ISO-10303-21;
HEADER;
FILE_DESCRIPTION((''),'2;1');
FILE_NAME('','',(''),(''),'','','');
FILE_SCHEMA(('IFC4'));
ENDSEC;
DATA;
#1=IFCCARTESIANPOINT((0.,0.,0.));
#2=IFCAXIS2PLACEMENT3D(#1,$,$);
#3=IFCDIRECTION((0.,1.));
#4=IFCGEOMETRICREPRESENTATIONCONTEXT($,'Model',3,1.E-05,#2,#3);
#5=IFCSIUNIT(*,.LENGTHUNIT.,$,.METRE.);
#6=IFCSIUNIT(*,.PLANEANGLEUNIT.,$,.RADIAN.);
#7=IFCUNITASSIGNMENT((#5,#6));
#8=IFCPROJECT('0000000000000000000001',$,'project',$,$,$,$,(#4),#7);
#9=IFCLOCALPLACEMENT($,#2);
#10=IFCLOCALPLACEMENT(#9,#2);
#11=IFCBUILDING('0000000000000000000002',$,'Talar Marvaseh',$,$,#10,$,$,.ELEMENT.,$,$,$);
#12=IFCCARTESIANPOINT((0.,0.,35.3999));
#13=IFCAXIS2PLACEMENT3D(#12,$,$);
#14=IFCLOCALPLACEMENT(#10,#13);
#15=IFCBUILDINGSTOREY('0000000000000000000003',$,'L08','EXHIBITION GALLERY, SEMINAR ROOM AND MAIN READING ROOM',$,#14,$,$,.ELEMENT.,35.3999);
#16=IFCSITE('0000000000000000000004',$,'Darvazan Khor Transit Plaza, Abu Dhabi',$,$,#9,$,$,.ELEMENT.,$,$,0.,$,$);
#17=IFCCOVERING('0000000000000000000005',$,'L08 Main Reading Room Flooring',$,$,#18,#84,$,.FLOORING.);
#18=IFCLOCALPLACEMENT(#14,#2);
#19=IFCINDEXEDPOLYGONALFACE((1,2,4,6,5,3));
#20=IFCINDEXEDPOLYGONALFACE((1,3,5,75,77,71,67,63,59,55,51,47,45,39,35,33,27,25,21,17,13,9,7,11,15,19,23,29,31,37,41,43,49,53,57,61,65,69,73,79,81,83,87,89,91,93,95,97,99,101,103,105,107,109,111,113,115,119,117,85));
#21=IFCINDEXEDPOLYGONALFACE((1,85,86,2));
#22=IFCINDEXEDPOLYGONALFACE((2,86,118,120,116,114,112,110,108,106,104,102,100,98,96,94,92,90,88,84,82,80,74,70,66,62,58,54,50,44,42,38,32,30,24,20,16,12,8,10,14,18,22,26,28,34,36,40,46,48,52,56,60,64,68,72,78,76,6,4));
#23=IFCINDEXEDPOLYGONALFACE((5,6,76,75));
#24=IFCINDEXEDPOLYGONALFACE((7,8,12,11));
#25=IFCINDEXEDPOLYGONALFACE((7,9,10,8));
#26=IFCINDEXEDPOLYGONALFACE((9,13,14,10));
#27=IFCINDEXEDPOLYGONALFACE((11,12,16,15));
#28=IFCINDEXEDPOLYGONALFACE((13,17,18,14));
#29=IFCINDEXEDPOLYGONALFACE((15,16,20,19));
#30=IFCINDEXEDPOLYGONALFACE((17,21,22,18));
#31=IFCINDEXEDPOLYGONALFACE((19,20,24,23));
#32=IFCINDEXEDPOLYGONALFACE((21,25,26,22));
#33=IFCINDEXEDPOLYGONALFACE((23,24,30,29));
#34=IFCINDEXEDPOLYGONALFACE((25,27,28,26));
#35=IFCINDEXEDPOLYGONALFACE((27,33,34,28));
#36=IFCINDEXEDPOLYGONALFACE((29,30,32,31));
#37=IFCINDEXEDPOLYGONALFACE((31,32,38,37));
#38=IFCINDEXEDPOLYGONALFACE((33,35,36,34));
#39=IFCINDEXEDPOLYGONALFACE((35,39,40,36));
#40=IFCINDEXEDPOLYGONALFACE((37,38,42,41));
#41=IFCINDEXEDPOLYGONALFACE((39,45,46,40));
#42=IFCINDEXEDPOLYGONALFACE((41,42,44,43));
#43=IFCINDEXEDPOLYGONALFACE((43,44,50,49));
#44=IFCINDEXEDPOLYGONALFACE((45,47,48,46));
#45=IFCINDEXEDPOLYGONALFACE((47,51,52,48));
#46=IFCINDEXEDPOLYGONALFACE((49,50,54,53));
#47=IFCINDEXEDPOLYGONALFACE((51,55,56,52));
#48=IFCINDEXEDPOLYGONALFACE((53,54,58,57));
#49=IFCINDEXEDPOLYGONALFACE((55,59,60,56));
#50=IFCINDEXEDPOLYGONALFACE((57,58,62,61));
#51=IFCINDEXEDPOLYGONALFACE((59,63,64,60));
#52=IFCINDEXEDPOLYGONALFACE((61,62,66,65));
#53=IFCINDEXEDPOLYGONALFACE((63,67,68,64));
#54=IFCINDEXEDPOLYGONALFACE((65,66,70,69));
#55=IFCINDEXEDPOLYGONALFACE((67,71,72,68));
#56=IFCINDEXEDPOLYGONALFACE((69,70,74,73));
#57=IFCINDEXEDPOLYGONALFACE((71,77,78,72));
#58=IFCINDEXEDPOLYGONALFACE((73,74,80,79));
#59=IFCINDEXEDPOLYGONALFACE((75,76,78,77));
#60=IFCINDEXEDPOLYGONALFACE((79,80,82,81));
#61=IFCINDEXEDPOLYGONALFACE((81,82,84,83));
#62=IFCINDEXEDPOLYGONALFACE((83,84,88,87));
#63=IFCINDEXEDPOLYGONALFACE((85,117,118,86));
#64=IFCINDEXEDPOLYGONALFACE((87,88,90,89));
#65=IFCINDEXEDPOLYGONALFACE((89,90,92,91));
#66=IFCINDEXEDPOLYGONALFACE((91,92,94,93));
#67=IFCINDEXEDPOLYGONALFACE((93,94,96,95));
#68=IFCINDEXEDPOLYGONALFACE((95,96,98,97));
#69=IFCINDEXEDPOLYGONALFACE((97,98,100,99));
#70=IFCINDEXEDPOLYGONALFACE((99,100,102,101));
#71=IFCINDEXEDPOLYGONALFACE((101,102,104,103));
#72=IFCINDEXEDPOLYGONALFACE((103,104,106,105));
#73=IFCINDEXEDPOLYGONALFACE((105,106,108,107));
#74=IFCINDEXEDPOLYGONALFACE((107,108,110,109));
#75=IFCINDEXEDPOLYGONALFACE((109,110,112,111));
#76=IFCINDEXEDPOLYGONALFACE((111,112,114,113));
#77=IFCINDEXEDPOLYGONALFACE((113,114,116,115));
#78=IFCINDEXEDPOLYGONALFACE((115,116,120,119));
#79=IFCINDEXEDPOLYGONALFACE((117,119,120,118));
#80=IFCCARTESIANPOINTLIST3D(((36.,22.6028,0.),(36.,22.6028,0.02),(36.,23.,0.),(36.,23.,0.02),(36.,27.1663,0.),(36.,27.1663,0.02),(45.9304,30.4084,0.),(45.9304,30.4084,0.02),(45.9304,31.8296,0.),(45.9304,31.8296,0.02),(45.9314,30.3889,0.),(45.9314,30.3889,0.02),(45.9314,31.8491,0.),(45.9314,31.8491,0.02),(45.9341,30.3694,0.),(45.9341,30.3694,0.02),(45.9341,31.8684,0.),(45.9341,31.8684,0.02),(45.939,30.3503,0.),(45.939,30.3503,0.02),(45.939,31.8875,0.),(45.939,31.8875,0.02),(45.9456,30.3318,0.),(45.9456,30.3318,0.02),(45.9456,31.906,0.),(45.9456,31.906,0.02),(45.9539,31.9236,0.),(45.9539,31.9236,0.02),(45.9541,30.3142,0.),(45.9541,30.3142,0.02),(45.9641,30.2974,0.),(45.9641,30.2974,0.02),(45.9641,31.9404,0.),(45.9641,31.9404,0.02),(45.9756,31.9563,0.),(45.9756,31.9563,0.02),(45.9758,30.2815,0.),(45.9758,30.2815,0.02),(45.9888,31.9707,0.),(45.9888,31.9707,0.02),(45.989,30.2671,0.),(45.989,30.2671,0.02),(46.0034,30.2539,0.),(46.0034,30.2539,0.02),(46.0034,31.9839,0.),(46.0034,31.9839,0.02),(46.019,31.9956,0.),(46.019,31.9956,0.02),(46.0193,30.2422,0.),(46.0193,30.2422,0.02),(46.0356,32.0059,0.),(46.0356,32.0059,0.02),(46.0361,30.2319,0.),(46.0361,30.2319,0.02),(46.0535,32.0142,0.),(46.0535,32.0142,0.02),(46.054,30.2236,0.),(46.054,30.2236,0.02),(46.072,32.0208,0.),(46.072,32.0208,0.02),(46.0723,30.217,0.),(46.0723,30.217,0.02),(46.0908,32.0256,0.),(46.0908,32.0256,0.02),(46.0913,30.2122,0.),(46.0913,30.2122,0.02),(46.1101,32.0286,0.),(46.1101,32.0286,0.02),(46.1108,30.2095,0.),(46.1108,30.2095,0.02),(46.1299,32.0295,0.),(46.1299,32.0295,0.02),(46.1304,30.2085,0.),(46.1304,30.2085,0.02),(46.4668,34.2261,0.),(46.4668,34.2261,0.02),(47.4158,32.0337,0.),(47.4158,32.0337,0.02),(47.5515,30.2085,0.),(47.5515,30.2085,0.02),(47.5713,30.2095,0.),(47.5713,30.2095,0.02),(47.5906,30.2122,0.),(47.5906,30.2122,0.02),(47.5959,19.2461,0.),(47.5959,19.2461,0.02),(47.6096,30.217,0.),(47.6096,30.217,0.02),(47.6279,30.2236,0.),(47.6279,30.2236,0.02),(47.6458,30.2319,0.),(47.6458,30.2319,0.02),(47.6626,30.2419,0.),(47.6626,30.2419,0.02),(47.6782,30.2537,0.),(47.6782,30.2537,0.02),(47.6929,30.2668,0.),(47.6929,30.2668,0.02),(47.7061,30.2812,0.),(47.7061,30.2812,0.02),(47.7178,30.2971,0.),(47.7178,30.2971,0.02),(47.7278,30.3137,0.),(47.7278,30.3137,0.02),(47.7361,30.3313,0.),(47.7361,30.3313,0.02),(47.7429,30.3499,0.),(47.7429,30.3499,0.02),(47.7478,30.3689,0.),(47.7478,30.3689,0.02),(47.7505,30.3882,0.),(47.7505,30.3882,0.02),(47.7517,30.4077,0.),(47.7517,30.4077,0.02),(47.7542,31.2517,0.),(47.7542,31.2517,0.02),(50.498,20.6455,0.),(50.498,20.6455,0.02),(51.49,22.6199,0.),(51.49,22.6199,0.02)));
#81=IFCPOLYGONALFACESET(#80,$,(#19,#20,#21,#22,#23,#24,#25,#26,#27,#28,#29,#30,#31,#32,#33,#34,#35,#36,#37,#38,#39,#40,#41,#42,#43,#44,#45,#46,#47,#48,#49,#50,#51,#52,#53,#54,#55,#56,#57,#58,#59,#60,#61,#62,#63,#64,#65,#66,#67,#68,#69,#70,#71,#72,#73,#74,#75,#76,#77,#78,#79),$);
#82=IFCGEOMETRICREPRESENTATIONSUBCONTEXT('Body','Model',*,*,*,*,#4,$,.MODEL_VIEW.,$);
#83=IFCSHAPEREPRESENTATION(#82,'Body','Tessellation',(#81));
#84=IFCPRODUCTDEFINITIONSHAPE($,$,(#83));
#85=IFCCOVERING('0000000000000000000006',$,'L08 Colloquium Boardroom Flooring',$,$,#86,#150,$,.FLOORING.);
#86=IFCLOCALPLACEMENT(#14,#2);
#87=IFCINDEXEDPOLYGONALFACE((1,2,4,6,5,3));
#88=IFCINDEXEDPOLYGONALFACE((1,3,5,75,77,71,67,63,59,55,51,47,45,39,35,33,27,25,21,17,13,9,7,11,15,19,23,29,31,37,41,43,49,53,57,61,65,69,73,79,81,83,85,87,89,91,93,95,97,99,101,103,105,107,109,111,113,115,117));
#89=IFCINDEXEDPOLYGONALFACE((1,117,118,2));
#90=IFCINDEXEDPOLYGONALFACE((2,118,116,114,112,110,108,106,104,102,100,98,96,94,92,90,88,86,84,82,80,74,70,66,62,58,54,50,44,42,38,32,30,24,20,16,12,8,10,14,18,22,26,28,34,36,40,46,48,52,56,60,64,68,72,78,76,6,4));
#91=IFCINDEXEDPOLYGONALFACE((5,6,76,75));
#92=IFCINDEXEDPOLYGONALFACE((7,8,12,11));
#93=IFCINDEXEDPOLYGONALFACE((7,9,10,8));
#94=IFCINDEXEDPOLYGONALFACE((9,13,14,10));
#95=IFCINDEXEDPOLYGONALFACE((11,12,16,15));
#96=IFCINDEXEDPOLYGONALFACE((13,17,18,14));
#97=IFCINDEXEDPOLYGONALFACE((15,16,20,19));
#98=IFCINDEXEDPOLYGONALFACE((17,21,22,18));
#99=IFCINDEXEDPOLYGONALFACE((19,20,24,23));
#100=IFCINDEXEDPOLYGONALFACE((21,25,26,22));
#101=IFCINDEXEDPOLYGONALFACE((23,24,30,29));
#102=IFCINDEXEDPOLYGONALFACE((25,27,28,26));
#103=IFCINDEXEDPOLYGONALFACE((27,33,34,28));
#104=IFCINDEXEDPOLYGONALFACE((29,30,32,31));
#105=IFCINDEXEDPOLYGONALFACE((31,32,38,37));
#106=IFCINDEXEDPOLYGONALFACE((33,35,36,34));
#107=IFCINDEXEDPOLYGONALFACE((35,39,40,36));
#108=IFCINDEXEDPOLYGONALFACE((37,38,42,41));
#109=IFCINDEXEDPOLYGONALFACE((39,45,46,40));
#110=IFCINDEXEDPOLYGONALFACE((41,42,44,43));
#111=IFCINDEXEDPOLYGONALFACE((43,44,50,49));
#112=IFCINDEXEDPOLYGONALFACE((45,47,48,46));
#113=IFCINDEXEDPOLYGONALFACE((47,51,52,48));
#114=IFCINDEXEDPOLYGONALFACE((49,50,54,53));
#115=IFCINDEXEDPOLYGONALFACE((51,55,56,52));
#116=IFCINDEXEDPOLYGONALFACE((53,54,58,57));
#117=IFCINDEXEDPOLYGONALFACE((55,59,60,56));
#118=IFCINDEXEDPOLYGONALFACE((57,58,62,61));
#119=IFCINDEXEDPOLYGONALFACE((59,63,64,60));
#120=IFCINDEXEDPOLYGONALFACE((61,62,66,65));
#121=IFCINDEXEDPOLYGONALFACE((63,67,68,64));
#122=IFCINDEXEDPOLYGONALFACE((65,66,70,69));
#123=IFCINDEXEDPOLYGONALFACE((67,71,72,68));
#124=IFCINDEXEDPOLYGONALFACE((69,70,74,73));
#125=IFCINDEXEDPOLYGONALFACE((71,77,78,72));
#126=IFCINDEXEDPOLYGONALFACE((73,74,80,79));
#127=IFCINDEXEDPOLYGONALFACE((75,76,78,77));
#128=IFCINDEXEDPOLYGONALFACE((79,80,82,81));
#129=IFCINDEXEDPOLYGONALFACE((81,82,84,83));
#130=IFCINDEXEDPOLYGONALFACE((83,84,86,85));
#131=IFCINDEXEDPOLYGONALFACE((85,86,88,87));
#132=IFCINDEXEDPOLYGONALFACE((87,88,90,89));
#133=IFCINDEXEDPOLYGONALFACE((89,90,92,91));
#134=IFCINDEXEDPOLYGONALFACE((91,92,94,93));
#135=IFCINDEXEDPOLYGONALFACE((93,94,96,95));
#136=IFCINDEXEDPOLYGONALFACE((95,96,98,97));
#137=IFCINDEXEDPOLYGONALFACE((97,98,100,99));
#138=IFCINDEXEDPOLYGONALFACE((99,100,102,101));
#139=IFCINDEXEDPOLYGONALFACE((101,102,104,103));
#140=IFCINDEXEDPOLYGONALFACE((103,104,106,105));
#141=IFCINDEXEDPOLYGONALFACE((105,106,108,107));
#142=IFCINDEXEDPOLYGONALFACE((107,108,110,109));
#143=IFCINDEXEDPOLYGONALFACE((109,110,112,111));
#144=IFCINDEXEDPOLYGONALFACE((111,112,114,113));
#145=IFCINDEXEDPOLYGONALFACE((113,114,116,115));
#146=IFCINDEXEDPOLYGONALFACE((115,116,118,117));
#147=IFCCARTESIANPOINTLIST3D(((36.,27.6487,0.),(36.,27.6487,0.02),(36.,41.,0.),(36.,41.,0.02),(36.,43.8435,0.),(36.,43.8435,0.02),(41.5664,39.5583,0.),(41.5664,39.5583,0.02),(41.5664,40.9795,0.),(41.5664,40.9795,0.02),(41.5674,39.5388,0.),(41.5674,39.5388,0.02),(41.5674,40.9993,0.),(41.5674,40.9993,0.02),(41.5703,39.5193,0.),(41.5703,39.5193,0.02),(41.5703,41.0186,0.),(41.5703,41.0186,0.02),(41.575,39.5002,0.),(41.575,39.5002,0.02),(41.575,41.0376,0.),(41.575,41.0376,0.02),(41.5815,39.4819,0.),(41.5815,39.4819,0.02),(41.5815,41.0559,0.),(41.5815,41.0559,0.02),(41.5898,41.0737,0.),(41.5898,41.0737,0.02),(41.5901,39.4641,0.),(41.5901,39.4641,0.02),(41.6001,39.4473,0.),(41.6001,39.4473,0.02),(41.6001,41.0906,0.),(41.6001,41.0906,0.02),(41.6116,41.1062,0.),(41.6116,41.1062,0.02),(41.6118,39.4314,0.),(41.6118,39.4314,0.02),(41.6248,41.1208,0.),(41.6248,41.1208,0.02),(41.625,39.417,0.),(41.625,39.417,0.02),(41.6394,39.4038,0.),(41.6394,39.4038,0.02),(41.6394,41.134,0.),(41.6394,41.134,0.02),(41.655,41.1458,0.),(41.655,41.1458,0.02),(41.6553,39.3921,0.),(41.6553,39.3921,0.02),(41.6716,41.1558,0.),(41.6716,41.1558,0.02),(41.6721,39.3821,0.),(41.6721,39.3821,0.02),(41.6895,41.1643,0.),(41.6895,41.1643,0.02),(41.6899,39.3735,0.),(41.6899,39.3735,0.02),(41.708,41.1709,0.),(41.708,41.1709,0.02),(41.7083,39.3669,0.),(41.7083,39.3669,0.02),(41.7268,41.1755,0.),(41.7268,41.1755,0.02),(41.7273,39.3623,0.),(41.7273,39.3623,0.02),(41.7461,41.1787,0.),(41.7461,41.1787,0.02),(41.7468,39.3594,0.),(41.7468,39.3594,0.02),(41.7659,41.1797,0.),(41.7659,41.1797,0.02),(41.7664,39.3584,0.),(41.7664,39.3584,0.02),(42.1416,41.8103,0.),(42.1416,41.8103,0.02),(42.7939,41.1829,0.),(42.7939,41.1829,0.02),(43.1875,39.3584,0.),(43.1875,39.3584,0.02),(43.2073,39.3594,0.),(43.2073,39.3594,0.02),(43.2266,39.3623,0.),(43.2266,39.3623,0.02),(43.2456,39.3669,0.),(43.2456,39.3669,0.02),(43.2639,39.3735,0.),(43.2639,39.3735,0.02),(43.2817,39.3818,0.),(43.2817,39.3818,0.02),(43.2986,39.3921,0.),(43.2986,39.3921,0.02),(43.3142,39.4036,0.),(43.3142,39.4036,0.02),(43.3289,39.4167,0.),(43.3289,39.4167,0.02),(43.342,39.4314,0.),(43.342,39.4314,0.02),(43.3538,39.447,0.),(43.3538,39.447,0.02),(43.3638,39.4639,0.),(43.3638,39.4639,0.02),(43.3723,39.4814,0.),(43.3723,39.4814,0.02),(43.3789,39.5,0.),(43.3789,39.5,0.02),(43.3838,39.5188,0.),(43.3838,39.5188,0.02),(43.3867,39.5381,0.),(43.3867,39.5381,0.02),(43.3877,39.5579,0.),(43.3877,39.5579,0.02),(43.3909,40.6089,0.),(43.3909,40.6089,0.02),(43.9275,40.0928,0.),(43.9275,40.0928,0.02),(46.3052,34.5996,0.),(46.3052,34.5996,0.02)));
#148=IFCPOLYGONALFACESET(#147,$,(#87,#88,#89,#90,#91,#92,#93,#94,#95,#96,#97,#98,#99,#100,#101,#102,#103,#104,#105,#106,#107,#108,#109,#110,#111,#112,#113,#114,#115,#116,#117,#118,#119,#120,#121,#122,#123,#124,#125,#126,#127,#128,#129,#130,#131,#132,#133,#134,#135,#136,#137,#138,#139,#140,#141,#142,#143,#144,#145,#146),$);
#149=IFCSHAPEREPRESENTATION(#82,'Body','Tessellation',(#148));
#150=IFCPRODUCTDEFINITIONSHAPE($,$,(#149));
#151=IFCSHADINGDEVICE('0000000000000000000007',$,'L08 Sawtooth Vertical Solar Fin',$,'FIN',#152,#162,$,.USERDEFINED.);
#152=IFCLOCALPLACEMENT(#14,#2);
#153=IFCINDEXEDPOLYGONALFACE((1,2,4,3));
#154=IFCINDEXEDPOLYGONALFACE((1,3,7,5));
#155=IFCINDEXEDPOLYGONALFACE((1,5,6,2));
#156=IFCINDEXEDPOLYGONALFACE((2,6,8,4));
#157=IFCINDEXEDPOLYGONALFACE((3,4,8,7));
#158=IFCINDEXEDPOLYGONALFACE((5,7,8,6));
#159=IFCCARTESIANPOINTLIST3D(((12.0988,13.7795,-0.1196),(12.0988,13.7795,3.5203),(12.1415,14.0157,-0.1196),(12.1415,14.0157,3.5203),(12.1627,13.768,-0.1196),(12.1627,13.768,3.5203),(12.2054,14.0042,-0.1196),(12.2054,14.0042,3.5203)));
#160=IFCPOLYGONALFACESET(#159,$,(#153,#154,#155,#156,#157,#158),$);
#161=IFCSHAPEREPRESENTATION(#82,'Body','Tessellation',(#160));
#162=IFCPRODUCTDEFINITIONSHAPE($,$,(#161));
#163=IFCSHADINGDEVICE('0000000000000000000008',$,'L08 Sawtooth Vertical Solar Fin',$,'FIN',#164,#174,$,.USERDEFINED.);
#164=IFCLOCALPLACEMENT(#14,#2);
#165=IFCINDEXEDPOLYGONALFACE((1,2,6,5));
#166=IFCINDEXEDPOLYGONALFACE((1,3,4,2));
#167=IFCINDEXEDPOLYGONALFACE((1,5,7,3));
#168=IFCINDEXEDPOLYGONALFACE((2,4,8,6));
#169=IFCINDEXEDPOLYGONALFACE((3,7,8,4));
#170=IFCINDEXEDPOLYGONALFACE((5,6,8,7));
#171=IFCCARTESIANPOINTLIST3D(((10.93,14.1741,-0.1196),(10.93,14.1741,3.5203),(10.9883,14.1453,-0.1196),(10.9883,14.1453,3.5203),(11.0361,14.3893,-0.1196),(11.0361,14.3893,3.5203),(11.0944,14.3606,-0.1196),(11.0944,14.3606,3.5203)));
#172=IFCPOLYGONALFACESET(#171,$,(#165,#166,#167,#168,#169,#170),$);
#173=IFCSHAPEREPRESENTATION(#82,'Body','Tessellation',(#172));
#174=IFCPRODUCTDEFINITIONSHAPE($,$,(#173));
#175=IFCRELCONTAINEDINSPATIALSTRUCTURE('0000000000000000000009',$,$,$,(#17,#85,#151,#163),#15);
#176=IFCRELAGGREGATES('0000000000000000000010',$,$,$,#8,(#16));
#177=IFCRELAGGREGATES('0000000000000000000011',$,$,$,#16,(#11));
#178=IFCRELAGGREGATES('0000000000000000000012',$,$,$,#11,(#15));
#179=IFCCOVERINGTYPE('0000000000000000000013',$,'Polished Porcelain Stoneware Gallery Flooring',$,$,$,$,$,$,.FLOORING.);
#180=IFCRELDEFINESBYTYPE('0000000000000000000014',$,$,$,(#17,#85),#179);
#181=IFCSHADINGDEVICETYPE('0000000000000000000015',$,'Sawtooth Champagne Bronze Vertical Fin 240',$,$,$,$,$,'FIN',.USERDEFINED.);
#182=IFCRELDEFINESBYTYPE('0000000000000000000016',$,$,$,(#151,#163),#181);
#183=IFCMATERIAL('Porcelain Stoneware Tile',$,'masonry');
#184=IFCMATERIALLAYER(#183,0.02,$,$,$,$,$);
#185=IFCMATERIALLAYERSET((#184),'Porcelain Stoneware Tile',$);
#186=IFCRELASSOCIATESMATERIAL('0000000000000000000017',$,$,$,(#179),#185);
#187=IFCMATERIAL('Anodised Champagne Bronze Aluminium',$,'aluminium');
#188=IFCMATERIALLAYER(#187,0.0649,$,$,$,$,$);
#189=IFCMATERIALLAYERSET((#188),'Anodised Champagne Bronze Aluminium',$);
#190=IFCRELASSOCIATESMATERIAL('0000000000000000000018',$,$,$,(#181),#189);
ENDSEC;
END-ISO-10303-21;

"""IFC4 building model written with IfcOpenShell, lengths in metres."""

from ifc_helpers import new_model, si_unit, direction, frame, origin, origin_2d, place, context, subcontext, project, spatial, polyline, rectangle, outline, extrude, source, transform, mapped, material, layer, layer_set, type_object, type_shapes, element, save


model = new_model("IFC4")

# Units and contexts
model_context = context("Model", 3, precision=1e-05, world=origin(), true_north=direction((0.0, 1.0)))
body_context = subcontext(model_context, "Body", "Model", "MODEL_VIEW")
ifc_project = project(units=[si_unit("LENGTHUNIT", "METRE"), si_unit("PLANEANGLEUNIT", "RADIAN")], contexts=[model_context])

# Site, building, storey
site_placement = place(None, origin())
site = spatial("IfcSite", under=ifc_project, at=site_placement, Name="Darvazan Khor Transit Plaza, Abu Dhabi", CompositionType="ELEMENT", RefElevation=0.0)
building_placement = place(site_placement, origin())
building = spatial("IfcBuilding", under=site, at=building_placement, Name="Talar Marvaseh", CompositionType="ELEMENT")
storey_placement = place(building_placement, frame((0.0, 0.0, 35.3999)))
storey = spatial("IfcBuildingStorey", under=building, at=storey_placement, Name="L08", Description="EXHIBITION GALLERY, SEMINAR ROOM AND MAIN READING ROOM", CompositionType="ELEMENT", Elevation=35.3999)

# Coverings
ifc_material_1 = material(Name="Porcelain Stoneware Tile", Category="masonry")
ifc_layer_1 = layer(ifc_material_1, 0.02)
ifc_layer_set_1 = layer_set([ifc_layer_1], Name="Porcelain Stoneware Tile")
covering_type_1 = type_object("IfcCoveringType", Name="Polished Porcelain Stoneware Gallery Flooring", PredefinedType="FLOORING", material=ifc_layer_set_1)
covering_1_placement = place(storey_placement, origin())
element("IfcCovering", 1, at=covering_1_placement, inside=storey, type_object=covering_type_1, Name="L08 Main Reading Room Flooring", PredefinedType="FLOORING", context=body_context, shape_type="SweptSolid", body=[
    extrude(outline(polyline([(46.1101, 32.0286), (46.0908, 32.0256), (46.072, 32.0208), (46.0535, 32.0142), (46.0356, 32.0059), (46.019, 31.9956), (46.0034, 31.9839), (45.9888, 31.9707), (45.9756, 31.9563), (45.9641, 31.9404), (45.9539, 31.9236), (45.9456, 31.906), (45.939, 31.8875), (45.9341, 31.8684), (45.9314, 31.8491), (45.9304, 31.8296), (45.9304, 30.4084), (45.9314, 30.3889), (45.9341, 30.3694), (45.939, 30.3503), (45.9456, 30.3318), (45.9541, 30.3142), (45.9641, 30.2974), (45.9758, 30.2815), (45.989, 30.2671), (46.0034, 30.2539), (46.0193, 30.2422), (46.0361, 30.2319), (46.054, 30.2236), (46.0723, 30.217), (46.0913, 30.2122), (46.1108, 30.2095), (46.1304, 30.2085), (47.5515, 30.2085), (47.5713, 30.2095), (47.5906, 30.2122), (47.6096, 30.217), (47.6279, 30.2236), (47.6458, 30.2319), (47.6626, 30.2419), (47.6782, 30.2537), (47.6929, 30.2668), (47.7061, 30.2812), (47.7178, 30.2971), (47.7278, 30.3137), (47.7361, 30.3313), (47.7429, 30.3499), (47.7478, 30.3689), (47.7505, 30.3882), (47.7517, 30.4077), (47.7542, 31.2517), (51.49, 22.6199), (50.498, 20.6455), (47.5959, 19.2461), (36.0, 22.6028), (36.0, 23.0), (36.0, 27.1663), (46.4668, 34.2261), (47.4158, 32.0337), (46.1299, 32.0295), (46.1101, 32.0286)])), origin(), (0.0, 0.0, 1.0), 0.02),
])
covering_2_placement = place(storey_placement, origin())
element("IfcCovering", 2, at=covering_2_placement, inside=storey, type_object=covering_type_1, Name="L08 Colloquium Boardroom Flooring", PredefinedType="FLOORING", context=body_context, shape_type="SweptSolid", body=[
    extrude(outline(polyline([(42.7939, 41.1829), (41.7659, 41.1797), (41.7461, 41.1787), (41.7268, 41.1755), (41.708, 41.1709), (41.6895, 41.1643), (41.6716, 41.1558), (41.655, 41.1458), (41.6394, 41.134), (41.6248, 41.1208), (41.6116, 41.1062), (41.6001, 41.0906), (41.5898, 41.0737), (41.5815, 41.0559), (41.575, 41.0376), (41.5703, 41.0186), (41.5674, 40.9993), (41.5664, 40.9795), (41.5664, 39.5583), (41.5674, 39.5388), (41.5703, 39.5193), (41.575, 39.5002), (41.5815, 39.4819), (41.5901, 39.4641), (41.6001, 39.4473), (41.6118, 39.4314), (41.625, 39.417), (41.6394, 39.4038), (41.6553, 39.3921), (41.6721, 39.3821), (41.6899, 39.3735), (41.7083, 39.3669), (41.7273, 39.3623), (41.7468, 39.3594), (41.7664, 39.3584), (43.1875, 39.3584), (43.2073, 39.3594), (43.2266, 39.3623), (43.2456, 39.3669), (43.2639, 39.3735), (43.2817, 39.3818), (43.2986, 39.3921), (43.3142, 39.4036), (43.3289, 39.4167), (43.342, 39.4314), (43.3538, 39.447), (43.3638, 39.4639), (43.3723, 39.4814), (43.3789, 39.5), (43.3838, 39.5188), (43.3867, 39.5381), (43.3877, 39.5579), (43.3909, 40.6089), (43.9275, 40.0928), (46.3052, 34.5996), (36.0, 27.6487), (36.0, 41.0), (36.0, 43.8435), (42.1416, 41.8103), (42.7939, 41.1829)])), origin(), (0.0, 0.0, 1.0), 0.02),
])

# Shading devices
ifc_material_2 = material(Name="Anodised Champagne Bronze Aluminium", Category="aluminium")
ifc_layer_2 = layer(ifc_material_2, 0.0649)
ifc_layer_set_2 = layer_set([ifc_layer_2], Name="Anodised Champagne Bronze Aluminium")
shading_device_type = type_object("IfcShadingDeviceType", Name="Sawtooth Champagne Bronze Vertical Fin 240", ElementType="FIN", PredefinedType="USERDEFINED", material=ifc_layer_set_2)
shared_shape_1 = source(origin(), body_context, "Body", "SweptSolid", [
    extrude(rectangle(XDim=0.24, YDim=0.0649, at=origin_2d()), origin(), (0.0, 0.0, 1.0), 3.6399),
])
type_shapes(shading_device_type, [shared_shape_1])
for number, where, z_axis, x_axis, name in (
    (3, (12.1521, 13.8918, -0.1196), (0.0, 0.0, 1.0), (-0.177772, -0.984072, 0.0), "L08 Sawtooth Vertical Solar Fin"),
    (4, (11.0122, 14.2673, -0.1196), (0.0, 0.0, 1.0), (-0.442132, -0.89695, 0.0), "L08 Sawtooth Vertical Solar Fin"),
):
    element("IfcShadingDevice", number, at=place(storey_placement, frame(where, z_axis=z_axis, x_axis=x_axis)), inside=storey, type_object=shading_device_type, Name=name, ObjectType="FIN", PredefinedType="USERDEFINED", context=body_context, shape_type="MappedRepresentation", body=[
        mapped(shared_shape_1, transform((0.0, 0.0, 0.0), x_axis=(1.0, 0.0, 0.0), y_axis=(0.0, 1.0, 0.0), z_axis=(0.0, 0.0, 1.0), scale=1.0)),
    ])

save(model, "model.ifc")
